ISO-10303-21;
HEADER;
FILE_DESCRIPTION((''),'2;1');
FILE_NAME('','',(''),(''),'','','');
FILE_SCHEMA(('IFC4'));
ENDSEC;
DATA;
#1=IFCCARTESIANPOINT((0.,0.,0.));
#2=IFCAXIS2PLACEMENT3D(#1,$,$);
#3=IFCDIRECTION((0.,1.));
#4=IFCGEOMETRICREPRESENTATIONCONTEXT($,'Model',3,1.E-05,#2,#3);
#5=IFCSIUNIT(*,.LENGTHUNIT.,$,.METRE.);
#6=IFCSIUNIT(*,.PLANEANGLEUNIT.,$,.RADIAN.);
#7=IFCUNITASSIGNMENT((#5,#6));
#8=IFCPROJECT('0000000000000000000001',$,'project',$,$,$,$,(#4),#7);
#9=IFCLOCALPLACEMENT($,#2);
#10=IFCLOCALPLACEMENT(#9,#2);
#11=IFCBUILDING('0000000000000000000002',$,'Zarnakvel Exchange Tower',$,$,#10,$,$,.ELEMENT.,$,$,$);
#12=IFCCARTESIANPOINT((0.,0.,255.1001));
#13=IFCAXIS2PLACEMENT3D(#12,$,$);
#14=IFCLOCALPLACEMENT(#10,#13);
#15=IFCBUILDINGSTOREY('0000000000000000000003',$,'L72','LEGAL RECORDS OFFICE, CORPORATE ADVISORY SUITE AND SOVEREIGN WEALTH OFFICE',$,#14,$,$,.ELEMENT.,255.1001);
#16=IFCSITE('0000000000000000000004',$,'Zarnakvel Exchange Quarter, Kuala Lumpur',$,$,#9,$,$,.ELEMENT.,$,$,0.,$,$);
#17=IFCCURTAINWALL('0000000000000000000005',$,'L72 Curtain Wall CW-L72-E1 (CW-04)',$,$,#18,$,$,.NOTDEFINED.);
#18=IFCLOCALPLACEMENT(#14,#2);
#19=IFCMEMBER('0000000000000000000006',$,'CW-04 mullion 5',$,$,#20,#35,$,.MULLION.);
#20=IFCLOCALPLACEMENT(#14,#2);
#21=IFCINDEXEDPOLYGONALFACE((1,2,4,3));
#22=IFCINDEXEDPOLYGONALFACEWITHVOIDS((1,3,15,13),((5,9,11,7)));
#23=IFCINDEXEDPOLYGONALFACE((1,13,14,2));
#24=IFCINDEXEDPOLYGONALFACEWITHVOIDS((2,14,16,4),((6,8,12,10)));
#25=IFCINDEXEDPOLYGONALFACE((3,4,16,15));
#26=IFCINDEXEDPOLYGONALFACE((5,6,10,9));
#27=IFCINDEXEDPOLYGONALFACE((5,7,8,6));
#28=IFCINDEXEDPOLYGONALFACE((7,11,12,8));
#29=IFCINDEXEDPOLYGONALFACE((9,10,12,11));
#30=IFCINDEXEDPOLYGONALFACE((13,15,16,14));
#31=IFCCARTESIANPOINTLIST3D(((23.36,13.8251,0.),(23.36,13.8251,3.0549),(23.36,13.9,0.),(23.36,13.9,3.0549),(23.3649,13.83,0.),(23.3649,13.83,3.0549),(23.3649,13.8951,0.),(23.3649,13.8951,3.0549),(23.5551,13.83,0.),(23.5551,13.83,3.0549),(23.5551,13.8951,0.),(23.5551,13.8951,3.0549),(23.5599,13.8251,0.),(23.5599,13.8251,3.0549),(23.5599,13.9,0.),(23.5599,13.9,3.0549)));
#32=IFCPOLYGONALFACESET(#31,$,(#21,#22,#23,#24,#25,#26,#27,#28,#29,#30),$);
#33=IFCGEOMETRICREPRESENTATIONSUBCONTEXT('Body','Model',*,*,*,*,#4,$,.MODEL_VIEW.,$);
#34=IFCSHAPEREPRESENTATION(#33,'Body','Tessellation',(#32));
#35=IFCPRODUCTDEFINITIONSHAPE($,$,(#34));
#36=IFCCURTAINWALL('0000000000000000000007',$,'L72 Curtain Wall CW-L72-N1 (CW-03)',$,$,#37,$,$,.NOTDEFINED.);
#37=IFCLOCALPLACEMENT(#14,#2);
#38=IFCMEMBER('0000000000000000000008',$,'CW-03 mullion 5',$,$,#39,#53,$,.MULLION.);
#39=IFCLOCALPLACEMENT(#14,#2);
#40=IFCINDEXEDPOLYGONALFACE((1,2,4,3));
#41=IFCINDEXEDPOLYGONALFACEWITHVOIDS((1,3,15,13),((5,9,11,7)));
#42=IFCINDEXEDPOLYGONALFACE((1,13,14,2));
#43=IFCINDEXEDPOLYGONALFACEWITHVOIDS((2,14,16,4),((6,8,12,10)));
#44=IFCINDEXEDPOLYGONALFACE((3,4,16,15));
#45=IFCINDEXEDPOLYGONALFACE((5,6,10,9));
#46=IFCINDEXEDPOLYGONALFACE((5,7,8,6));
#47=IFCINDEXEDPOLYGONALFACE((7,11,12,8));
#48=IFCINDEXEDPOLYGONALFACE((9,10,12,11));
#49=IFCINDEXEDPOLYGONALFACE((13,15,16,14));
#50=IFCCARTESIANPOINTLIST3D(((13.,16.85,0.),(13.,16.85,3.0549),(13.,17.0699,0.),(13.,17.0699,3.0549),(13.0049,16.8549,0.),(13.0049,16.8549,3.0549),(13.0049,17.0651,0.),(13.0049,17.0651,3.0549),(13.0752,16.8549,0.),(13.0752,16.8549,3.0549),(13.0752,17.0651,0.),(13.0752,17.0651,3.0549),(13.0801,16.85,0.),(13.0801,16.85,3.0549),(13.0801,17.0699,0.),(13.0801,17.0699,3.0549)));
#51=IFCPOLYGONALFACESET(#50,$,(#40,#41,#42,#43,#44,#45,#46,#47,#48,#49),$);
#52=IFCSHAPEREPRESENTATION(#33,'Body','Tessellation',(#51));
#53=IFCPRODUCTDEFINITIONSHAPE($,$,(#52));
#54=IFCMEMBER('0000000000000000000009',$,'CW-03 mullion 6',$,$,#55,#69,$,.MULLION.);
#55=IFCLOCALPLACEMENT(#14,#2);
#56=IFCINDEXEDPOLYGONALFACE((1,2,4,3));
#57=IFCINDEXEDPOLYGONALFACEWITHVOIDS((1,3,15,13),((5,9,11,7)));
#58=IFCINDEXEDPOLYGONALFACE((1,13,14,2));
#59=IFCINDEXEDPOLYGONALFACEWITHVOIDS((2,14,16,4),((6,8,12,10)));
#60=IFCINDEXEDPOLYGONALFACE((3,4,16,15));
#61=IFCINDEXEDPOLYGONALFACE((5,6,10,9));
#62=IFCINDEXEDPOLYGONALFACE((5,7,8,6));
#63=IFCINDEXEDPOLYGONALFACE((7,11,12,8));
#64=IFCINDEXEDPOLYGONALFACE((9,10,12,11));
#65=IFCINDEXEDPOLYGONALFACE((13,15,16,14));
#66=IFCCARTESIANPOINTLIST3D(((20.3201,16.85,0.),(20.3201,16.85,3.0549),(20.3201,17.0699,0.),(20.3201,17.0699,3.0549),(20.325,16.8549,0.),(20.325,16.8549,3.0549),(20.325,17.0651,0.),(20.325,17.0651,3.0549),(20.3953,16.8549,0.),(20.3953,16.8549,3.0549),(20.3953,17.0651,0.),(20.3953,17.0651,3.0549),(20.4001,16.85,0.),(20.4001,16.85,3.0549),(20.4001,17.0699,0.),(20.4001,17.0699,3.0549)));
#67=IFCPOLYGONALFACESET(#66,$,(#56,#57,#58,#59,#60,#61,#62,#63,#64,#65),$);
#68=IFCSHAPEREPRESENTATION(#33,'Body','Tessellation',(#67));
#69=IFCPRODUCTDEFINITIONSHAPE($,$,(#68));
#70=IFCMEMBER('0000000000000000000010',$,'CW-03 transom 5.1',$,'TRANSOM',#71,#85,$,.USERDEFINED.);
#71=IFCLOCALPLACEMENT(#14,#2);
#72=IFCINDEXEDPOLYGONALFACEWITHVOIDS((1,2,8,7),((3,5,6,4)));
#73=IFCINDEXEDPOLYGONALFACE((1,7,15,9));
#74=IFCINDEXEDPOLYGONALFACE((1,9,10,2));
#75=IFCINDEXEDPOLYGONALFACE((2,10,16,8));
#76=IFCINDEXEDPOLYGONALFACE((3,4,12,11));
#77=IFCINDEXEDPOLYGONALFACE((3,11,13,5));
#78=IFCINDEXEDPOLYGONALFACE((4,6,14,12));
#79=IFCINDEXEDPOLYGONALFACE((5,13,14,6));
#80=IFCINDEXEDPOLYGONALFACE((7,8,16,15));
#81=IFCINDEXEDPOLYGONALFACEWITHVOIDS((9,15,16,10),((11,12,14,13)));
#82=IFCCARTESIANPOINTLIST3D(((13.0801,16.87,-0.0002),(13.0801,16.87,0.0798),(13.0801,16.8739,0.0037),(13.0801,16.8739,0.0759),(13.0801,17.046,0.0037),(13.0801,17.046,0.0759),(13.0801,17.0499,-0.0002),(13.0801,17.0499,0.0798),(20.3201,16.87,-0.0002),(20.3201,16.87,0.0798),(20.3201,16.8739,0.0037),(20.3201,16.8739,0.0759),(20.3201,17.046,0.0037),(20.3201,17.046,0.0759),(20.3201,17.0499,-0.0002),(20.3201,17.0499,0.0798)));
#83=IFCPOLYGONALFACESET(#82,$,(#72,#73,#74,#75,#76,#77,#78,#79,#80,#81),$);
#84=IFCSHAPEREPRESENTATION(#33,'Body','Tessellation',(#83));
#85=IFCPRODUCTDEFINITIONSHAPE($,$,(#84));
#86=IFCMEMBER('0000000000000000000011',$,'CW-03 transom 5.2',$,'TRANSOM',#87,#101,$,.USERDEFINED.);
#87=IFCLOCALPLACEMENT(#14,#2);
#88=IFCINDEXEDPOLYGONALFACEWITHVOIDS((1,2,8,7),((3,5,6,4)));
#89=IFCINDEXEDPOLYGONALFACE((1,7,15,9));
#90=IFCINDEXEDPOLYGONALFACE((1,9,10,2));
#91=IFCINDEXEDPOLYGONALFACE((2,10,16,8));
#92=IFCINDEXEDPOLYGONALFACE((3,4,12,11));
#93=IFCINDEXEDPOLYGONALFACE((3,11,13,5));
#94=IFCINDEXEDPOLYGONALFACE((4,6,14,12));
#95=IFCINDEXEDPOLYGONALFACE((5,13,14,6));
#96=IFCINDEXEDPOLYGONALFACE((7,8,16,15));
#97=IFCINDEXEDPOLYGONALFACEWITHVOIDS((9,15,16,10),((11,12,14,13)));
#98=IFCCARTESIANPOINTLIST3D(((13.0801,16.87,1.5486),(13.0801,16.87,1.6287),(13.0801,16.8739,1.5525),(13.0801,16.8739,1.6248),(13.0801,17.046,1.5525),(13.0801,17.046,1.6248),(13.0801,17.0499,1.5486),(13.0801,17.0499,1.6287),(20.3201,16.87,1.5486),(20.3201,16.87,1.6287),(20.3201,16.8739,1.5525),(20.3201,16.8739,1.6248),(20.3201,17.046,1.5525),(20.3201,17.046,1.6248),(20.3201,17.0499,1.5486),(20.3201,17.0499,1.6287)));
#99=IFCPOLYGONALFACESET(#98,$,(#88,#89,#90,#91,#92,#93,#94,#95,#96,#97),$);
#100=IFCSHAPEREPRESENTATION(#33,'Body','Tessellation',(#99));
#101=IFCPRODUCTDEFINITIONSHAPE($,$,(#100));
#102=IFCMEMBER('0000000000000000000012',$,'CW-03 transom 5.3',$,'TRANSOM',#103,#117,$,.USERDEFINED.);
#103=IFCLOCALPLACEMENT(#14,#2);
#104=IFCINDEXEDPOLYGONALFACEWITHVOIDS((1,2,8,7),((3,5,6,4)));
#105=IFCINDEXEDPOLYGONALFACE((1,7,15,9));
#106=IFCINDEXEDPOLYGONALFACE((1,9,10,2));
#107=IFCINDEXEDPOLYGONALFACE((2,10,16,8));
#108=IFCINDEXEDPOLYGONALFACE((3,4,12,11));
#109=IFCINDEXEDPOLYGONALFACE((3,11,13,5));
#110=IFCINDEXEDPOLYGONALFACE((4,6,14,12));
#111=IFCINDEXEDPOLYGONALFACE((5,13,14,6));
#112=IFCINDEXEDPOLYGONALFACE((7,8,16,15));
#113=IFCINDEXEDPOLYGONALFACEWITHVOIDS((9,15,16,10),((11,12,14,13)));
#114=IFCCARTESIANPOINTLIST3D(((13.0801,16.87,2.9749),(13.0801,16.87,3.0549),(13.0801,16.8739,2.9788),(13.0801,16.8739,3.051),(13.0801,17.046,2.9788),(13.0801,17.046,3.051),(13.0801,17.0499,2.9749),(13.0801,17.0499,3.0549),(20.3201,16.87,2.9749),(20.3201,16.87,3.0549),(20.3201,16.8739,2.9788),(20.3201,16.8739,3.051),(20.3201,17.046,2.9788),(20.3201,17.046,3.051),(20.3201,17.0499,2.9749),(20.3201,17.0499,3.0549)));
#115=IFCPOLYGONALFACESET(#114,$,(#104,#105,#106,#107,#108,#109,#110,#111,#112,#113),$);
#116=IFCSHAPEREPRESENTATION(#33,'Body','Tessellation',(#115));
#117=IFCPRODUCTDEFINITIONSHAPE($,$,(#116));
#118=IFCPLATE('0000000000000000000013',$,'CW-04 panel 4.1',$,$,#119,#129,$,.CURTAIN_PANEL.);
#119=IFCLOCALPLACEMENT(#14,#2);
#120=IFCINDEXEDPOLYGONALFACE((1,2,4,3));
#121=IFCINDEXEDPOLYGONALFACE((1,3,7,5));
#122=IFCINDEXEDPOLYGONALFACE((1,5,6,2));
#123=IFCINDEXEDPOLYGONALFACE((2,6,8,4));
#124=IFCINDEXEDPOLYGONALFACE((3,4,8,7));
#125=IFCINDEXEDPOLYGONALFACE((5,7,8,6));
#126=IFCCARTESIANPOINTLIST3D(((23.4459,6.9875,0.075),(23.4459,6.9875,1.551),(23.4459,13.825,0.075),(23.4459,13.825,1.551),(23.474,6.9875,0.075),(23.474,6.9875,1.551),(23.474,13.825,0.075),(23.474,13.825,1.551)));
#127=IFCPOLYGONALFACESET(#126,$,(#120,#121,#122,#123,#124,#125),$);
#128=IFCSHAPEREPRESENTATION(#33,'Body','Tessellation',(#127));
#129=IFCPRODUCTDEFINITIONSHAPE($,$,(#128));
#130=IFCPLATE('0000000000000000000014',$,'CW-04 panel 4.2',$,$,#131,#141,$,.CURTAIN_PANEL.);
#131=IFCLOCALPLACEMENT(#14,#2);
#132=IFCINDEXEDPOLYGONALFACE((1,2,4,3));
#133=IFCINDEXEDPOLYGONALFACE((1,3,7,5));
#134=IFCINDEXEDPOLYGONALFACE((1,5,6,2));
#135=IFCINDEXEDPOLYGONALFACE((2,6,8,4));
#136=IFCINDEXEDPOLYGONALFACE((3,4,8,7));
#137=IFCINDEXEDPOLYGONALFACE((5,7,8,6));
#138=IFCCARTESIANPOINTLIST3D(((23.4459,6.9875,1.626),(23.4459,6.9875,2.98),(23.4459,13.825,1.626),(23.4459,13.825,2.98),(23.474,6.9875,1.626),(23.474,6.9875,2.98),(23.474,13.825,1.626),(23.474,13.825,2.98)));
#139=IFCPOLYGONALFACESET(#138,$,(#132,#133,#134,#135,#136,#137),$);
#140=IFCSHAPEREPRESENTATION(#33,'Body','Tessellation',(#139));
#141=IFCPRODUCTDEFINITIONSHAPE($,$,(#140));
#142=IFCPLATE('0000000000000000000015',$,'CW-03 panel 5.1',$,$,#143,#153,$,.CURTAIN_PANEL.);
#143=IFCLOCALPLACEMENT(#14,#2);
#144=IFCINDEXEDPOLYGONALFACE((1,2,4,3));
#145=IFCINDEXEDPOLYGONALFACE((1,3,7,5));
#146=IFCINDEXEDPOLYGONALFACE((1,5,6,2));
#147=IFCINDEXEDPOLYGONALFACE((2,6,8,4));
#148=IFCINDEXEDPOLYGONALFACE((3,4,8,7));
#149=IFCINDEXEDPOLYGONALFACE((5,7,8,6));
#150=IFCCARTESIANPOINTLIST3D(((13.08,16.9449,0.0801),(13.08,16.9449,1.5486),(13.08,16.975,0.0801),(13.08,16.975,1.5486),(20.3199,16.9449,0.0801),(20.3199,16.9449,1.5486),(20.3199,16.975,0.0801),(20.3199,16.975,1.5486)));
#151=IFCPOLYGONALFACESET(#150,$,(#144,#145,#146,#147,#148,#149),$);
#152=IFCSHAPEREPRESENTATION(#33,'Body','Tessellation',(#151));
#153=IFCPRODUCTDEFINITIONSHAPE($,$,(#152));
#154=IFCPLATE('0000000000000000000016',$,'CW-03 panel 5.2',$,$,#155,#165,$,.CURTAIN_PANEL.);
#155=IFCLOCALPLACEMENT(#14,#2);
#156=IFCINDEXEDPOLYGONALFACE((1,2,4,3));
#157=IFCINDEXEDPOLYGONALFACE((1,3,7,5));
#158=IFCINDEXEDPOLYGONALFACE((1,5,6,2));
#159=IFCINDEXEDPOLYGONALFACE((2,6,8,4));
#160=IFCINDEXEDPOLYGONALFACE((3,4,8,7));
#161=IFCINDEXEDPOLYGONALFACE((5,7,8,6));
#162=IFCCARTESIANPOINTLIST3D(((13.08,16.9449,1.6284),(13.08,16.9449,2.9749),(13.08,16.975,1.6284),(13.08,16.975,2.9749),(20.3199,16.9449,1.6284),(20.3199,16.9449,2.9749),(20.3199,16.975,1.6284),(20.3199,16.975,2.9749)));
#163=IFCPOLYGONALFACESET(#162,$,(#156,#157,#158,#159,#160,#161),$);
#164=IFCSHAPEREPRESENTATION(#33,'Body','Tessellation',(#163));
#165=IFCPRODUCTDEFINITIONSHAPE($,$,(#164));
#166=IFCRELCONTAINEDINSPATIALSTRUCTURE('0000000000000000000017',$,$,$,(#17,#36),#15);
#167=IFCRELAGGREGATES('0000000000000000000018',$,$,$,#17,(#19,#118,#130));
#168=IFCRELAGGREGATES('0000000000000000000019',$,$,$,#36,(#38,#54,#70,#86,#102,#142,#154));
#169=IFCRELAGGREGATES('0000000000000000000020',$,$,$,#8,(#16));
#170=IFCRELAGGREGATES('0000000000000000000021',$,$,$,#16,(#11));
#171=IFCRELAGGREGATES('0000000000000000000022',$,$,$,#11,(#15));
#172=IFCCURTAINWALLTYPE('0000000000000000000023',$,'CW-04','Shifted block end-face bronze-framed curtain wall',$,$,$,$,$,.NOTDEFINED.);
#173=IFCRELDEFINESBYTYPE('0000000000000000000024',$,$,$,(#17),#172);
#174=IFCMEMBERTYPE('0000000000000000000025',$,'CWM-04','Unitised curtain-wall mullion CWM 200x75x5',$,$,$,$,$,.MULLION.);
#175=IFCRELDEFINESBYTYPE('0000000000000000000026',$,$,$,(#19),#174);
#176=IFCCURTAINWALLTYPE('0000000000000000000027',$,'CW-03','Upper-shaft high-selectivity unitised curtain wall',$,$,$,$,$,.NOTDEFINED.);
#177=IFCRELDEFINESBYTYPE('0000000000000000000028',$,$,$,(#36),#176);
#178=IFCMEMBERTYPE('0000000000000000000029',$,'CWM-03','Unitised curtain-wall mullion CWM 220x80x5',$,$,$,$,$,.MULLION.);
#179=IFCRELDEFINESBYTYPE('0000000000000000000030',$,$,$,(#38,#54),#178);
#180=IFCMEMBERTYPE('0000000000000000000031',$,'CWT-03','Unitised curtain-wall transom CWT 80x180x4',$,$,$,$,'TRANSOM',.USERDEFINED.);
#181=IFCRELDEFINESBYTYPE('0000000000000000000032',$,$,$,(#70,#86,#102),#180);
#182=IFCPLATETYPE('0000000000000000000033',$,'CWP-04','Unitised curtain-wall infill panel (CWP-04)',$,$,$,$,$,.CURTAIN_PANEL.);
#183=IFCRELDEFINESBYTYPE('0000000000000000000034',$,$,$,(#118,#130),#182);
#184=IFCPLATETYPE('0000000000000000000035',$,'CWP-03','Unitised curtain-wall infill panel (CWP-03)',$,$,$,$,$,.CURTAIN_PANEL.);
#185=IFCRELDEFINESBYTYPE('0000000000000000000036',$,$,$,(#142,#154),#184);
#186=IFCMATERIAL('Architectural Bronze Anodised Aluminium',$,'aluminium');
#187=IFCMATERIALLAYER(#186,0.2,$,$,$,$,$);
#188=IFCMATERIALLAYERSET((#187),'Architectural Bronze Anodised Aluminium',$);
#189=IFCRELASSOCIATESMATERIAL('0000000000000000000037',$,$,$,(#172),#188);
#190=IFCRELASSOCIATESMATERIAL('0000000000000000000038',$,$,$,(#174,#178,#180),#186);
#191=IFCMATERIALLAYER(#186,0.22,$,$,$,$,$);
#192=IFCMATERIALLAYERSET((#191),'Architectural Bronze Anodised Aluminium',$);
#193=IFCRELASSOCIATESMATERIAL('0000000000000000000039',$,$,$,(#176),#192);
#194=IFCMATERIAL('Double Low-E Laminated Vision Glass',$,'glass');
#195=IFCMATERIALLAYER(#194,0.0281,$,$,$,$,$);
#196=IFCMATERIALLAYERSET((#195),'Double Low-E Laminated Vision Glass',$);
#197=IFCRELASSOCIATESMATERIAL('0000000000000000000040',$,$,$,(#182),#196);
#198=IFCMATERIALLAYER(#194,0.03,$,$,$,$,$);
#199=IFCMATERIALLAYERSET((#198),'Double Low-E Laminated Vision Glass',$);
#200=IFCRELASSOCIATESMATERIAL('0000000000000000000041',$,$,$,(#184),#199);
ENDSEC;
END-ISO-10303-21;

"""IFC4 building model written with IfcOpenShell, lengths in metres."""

from ifc_helpers import new_model, si_unit, direction, frame, origin, origin_2d, place, context, subcontext, project, spatial, rectangle, hollow_rectangle, extrude, source, transform, mapped, material, layer, layer_set, material_profile, profile_set, type_object, element, aggregate, save


model = new_model("IFC4")

# Units and contexts
model_context = context("Model", 3, precision=1e-05, world=origin(), true_north=direction((0.0, 1.0)))
body_context = subcontext(model_context, "Body", "Model", "MODEL_VIEW")
ifc_project = project(units=[si_unit("LENGTHUNIT", "METRE"), si_unit("PLANEANGLEUNIT", "RADIAN")], contexts=[model_context])

# Site, building, storey
site_placement = place(None, origin())
site = spatial("IfcSite", under=ifc_project, at=site_placement, Name="Zarnakvel Exchange Quarter, Kuala Lumpur", CompositionType="ELEMENT", RefElevation=0.0)
building_placement = place(site_placement, origin())
building = spatial("IfcBuilding", under=site, at=building_placement, Name="Zarnakvel Exchange Tower", CompositionType="ELEMENT")
storey_placement = place(building_placement, frame((0.0, 0.0, 255.1001)))
storey = spatial("IfcBuildingStorey", under=building, at=storey_placement, Name="L72", Description="LEGAL RECORDS OFFICE, CORPORATE ADVISORY SUITE AND SOVEREIGN WEALTH OFFICE", CompositionType="ELEMENT", Elevation=255.1001)

# Curtain wall, member
ifc_material_1 = material(Name="Architectural Bronze Anodised Aluminium", Category="aluminium")
ifc_layer_1 = layer(ifc_material_1, 0.2)
ifc_layer_set_1 = layer_set([ifc_layer_1], Name="Architectural Bronze Anodised Aluminium")
curtain_wall_type_1 = type_object("IfcCurtainWallType", Name="CW-04", Description="Shifted block end-face bronze-framed curtain wall", PredefinedType="NOTDEFINED", material=ifc_layer_set_1)
curtain_wall_1_placement = place(storey_placement, origin())
curtain_wall_1 = element("IfcCurtainWall", 1, at=curtain_wall_1_placement, inside=storey, type_object=curtain_wall_type_1, Name="L72 Curtain Wall CW-L72-E1 (CW-04)", PredefinedType="NOTDEFINED")
ifc_material_profile_1 = material_profile(ifc_material_1, hollow_rectangle(XDim=0.2, YDim=0.075, WallThickness=0.0049, at=origin_2d()))
ifc_profile_set_1 = profile_set([ifc_material_profile_1], Name="Architectural Bronze Anodised Aluminium")
member_type_1 = type_object("IfcMemberType", Name="CWM-04", Description="Unitised curtain-wall mullion CWM 200x75x5", PredefinedType="MULLION", material=ifc_profile_set_1)
shared_shape_1 = source(origin(), body_context, "Body", "SweptSolid", [
    extrude(hollow_rectangle(XDim=0.2, YDim=0.075, WallThickness=0.0049, at=origin_2d()), origin(), (0.0, 0.0, 1.0), 3.0549),
])
member_1_placement = place(storey_placement, frame((23.46, 13.8625, 0.0), z_axis=(0.0, 0.0, 1.0), x_axis=(-1.0, 0.0, 0.0)))
member_1 = element("IfcMember", 2, at=member_1_placement, type_object=member_type_1, Name="CW-04 mullion 5", PredefinedType="MULLION", context=body_context, shape_type="MappedRepresentation", body=[
    mapped(shared_shape_1, transform((0.0, 0.0, 0.0), x_axis=(1.0, 0.0, 0.0), y_axis=(0.0, 1.0, 0.0), z_axis=(0.0, 0.0, 1.0), scale=1.0)),
])

# Curtain wall, members
ifc_layer_2 = layer(ifc_material_1, 0.22)
ifc_layer_set_2 = layer_set([ifc_layer_2], Name="Architectural Bronze Anodised Aluminium")
curtain_wall_type_2 = type_object("IfcCurtainWallType", Name="CW-03", Description="Upper-shaft high-selectivity unitised curtain wall", PredefinedType="NOTDEFINED", material=ifc_layer_set_2)
curtain_wall_2_placement = place(storey_placement, origin())
curtain_wall_2 = element("IfcCurtainWall", 3, at=curtain_wall_2_placement, inside=storey, type_object=curtain_wall_type_2, Name="L72 Curtain Wall CW-L72-N1 (CW-03)", PredefinedType="NOTDEFINED")
ifc_material_profile_2 = material_profile(ifc_material_1, hollow_rectangle(XDim=0.22, YDim=0.0801, WallThickness=0.0049, at=origin_2d()))
ifc_profile_set_2 = profile_set([ifc_material_profile_2], Name="Architectural Bronze Anodised Aluminium")
member_type_2 = type_object("IfcMemberType", Name="CWM-03", Description="Unitised curtain-wall mullion CWM 220x80x5", PredefinedType="MULLION", material=ifc_profile_set_2)
shared_shape_2 = source(origin(), body_context, "Body", "SweptSolid", [
    extrude(hollow_rectangle(XDim=0.22, YDim=0.0801, WallThickness=0.0049, at=origin_2d()), origin(), (0.0, 0.0, 1.0), 3.0549),
])
member_2_placement = place(storey_placement, frame((13.04, 16.96, 0.0), z_axis=(0.0, 0.0, 1.0), x_axis=(0.0, 1.0, 0.0)))
member_2 = element("IfcMember", 4, at=member_2_placement, type_object=member_type_2, Name="CW-03 mullion 5", PredefinedType="MULLION", context=body_context, shape_type="MappedRepresentation", body=[
    mapped(shared_shape_2, transform((0.0, 0.0, 0.0), x_axis=(1.0, 0.0, 0.0), y_axis=(0.0, 1.0, 0.0), z_axis=(0.0, 0.0, 1.0), scale=1.0)),
])
member_3_placement = place(storey_placement, frame((20.3601, 16.96, 0.0), z_axis=(0.0, 0.0, 1.0), x_axis=(0.0, 1.0, 0.0)))
member_3 = element("IfcMember", 5, at=member_3_placement, type_object=member_type_2, Name="CW-03 mullion 6", PredefinedType="MULLION", context=body_context, shape_type="MappedRepresentation", body=[
    mapped(shared_shape_2, transform((0.0, 0.0, 0.0), x_axis=(1.0, 0.0, 0.0), y_axis=(0.0, 1.0, 0.0), z_axis=(0.0, 0.0, 1.0), scale=1.0)),
])
ifc_material_profile_3 = material_profile(ifc_material_1, hollow_rectangle(XDim=0.1799, YDim=0.0801, WallThickness=0.0039, at=origin_2d()))
ifc_profile_set_3 = profile_set([ifc_material_profile_3], Name="Architectural Bronze Anodised Aluminium")
member_type_3 = type_object("IfcMemberType", Name="CWT-03", Description="Unitised curtain-wall transom CWT 80x180x4", ElementType="TRANSOM", PredefinedType="USERDEFINED", material=ifc_profile_set_3)
shared_shape_3 = source(origin(), body_context, "Body", "SweptSolid", [
    extrude(hollow_rectangle(XDim=0.1799, YDim=0.0801, WallThickness=0.0039, at=origin_2d()), origin(), (0.0, 0.0, 1.0), 7.24),
])
member_4_placement = place(storey_placement, frame((13.0801, 16.96, 0.0398), z_axis=(1.0, 0.0, 0.0), x_axis=(0.0, 1.0, 0.0)))
member_4 = element("IfcMember", 6, at=member_4_placement, type_object=member_type_3, Name="CW-03 transom 5.1", ObjectType="TRANSOM", PredefinedType="USERDEFINED", context=body_context, shape_type="MappedRepresentation", body=[
    mapped(shared_shape_3, transform((0.0, 0.0, 0.0), x_axis=(1.0, 0.0, 0.0), y_axis=(0.0, 1.0, 0.0), z_axis=(0.0, 0.0, 1.0), scale=1.0)),
])
member_5_placement = place(storey_placement, frame((13.0801, 16.96, 1.5886), z_axis=(1.0, 0.0, 0.0), x_axis=(0.0, 1.0, 0.0)))
member_5 = element("IfcMember", 7, at=member_5_placement, type_object=member_type_3, Name="CW-03 transom 5.2", ObjectType="TRANSOM", PredefinedType="USERDEFINED", context=body_context, shape_type="MappedRepresentation", body=[
    mapped(shared_shape_3, transform((0.0, 0.0, 0.0), x_axis=(1.0, 0.0, 0.0), y_axis=(0.0, 1.0, 0.0), z_axis=(0.0, 0.0, 1.0), scale=1.0)),
])
member_6_placement = place(storey_placement, frame((13.0801, 16.96, 3.0149), z_axis=(1.0, 0.0, 0.0), x_axis=(0.0, 1.0, 0.0)))
member_6 = element("IfcMember", 8, at=member_6_placement, type_object=member_type_3, Name="CW-03 transom 5.3", ObjectType="TRANSOM", PredefinedType="USERDEFINED", context=body_context, shape_type="MappedRepresentation", body=[
    mapped(shared_shape_3, transform((0.0, 0.0, 0.0), x_axis=(1.0, 0.0, 0.0), y_axis=(0.0, 1.0, 0.0), z_axis=(0.0, 0.0, 1.0), scale=1.0)),
])

# Plates
ifc_material_2 = material(Name="Double Low-E Laminated Vision Glass", Category="glass")
ifc_layer_3 = layer(ifc_material_2, 0.0281)
ifc_layer_set_3 = layer_set([ifc_layer_3], Name="Double Low-E Laminated Vision Glass")
plate_type_1 = type_object("IfcPlateType", Name="CWP-04", Description="Unitised curtain-wall infill panel (CWP-04)", PredefinedType="CURTAIN_PANEL", material=ifc_layer_set_3)
shared_shape_4 = source(origin(), body_context, "Body", "SweptSolid", [
    extrude(rectangle(XDim=6.8374, YDim=0.0281, at=origin_2d()), origin(), (0.0, 0.0, 1.0), 1.4761),
])
plate_1_placement = place(storey_placement, frame((23.46, 10.4062, 0.075), z_axis=(0.0, 0.0, 1.0), x_axis=(0.0, 1.0, 0.0)))
plate_1 = element("IfcPlate", 9, at=plate_1_placement, type_object=plate_type_1, Name="CW-04 panel 4.1", PredefinedType="CURTAIN_PANEL", context=body_context, shape_type="MappedRepresentation", body=[
    mapped(shared_shape_4, transform((0.0, 0.0, 0.0), x_axis=(1.0, 0.0, 0.0), y_axis=(0.0, 1.0, 0.0), z_axis=(0.0, 0.0, 1.0), scale=1.0)),
])
shared_shape_5 = source(origin(), body_context, "Body", "SweptSolid", [
    extrude(rectangle(XDim=6.8374, YDim=0.0281, at=origin_2d()), origin(), (0.0, 0.0, 1.0), 1.354),
])
plate_2_placement = place(storey_placement, frame((23.46, 10.4062, 1.626), z_axis=(0.0, 0.0, 1.0), x_axis=(0.0, 1.0, 0.0)))
plate_2 = element("IfcPlate", 10, at=plate_2_placement, type_object=plate_type_1, Name="CW-04 panel 4.2", PredefinedType="CURTAIN_PANEL", context=body_context, shape_type="MappedRepresentation", body=[
    mapped(shared_shape_5, transform((0.0, 0.0, 0.0), x_axis=(1.0, 0.0, 0.0), y_axis=(0.0, 1.0, 0.0), z_axis=(0.0, 0.0, 1.0), scale=1.0)),
])
aggregate(curtain_wall_1, [member_1, plate_1, plate_2])
ifc_layer_4 = layer(ifc_material_2, 0.03)
ifc_layer_set_4 = layer_set([ifc_layer_4], Name="Double Low-E Laminated Vision Glass")
plate_type_2 = type_object("IfcPlateType", Name="CWP-03", Description="Unitised curtain-wall infill panel (CWP-03)", PredefinedType="CURTAIN_PANEL", material=ifc_layer_set_4)
shared_shape_6 = source(origin(), body_context, "Body", "SweptSolid", [
    extrude(rectangle(XDim=7.24, YDim=0.03, at=origin_2d()), origin(), (0.0, 0.0, 1.0), 1.4685),
])
plate_3_placement = place(storey_placement, frame((16.7, 16.96, 0.0801), z_axis=(0.0, 0.0, 1.0), x_axis=(1.0, 0.0, 0.0)))
plate_3 = element("IfcPlate", 11, at=plate_3_placement, type_object=plate_type_2, Name="CW-03 panel 5.1", PredefinedType="CURTAIN_PANEL", context=body_context, shape_type="MappedRepresentation", body=[
    mapped(shared_shape_6, transform((0.0, 0.0, 0.0), x_axis=(1.0, 0.0, 0.0), y_axis=(0.0, 1.0, 0.0), z_axis=(0.0, 0.0, 1.0), scale=1.0)),
])
shared_shape_7 = source(origin(), body_context, "Body", "SweptSolid", [
    extrude(rectangle(XDim=7.24, YDim=0.03, at=origin_2d()), origin(), (0.0, 0.0, 1.0), 1.3464),
])
plate_4_placement = place(storey_placement, frame((16.7, 16.96, 1.6284), z_axis=(0.0, 0.0, 1.0), x_axis=(1.0, 0.0, 0.0)))
plate_4 = element("IfcPlate", 12, at=plate_4_placement, type_object=plate_type_2, Name="CW-03 panel 5.2", PredefinedType="CURTAIN_PANEL", context=body_context, shape_type="MappedRepresentation", body=[
    mapped(shared_shape_7, transform((0.0, 0.0, 0.0), x_axis=(1.0, 0.0, 0.0), y_axis=(0.0, 1.0, 0.0), z_axis=(0.0, 0.0, 1.0), scale=1.0)),
])
aggregate(curtain_wall_2, [member_2, member_3, member_4, member_5, member_6, plate_3, plate_4])

save(model, "model.ifc")
